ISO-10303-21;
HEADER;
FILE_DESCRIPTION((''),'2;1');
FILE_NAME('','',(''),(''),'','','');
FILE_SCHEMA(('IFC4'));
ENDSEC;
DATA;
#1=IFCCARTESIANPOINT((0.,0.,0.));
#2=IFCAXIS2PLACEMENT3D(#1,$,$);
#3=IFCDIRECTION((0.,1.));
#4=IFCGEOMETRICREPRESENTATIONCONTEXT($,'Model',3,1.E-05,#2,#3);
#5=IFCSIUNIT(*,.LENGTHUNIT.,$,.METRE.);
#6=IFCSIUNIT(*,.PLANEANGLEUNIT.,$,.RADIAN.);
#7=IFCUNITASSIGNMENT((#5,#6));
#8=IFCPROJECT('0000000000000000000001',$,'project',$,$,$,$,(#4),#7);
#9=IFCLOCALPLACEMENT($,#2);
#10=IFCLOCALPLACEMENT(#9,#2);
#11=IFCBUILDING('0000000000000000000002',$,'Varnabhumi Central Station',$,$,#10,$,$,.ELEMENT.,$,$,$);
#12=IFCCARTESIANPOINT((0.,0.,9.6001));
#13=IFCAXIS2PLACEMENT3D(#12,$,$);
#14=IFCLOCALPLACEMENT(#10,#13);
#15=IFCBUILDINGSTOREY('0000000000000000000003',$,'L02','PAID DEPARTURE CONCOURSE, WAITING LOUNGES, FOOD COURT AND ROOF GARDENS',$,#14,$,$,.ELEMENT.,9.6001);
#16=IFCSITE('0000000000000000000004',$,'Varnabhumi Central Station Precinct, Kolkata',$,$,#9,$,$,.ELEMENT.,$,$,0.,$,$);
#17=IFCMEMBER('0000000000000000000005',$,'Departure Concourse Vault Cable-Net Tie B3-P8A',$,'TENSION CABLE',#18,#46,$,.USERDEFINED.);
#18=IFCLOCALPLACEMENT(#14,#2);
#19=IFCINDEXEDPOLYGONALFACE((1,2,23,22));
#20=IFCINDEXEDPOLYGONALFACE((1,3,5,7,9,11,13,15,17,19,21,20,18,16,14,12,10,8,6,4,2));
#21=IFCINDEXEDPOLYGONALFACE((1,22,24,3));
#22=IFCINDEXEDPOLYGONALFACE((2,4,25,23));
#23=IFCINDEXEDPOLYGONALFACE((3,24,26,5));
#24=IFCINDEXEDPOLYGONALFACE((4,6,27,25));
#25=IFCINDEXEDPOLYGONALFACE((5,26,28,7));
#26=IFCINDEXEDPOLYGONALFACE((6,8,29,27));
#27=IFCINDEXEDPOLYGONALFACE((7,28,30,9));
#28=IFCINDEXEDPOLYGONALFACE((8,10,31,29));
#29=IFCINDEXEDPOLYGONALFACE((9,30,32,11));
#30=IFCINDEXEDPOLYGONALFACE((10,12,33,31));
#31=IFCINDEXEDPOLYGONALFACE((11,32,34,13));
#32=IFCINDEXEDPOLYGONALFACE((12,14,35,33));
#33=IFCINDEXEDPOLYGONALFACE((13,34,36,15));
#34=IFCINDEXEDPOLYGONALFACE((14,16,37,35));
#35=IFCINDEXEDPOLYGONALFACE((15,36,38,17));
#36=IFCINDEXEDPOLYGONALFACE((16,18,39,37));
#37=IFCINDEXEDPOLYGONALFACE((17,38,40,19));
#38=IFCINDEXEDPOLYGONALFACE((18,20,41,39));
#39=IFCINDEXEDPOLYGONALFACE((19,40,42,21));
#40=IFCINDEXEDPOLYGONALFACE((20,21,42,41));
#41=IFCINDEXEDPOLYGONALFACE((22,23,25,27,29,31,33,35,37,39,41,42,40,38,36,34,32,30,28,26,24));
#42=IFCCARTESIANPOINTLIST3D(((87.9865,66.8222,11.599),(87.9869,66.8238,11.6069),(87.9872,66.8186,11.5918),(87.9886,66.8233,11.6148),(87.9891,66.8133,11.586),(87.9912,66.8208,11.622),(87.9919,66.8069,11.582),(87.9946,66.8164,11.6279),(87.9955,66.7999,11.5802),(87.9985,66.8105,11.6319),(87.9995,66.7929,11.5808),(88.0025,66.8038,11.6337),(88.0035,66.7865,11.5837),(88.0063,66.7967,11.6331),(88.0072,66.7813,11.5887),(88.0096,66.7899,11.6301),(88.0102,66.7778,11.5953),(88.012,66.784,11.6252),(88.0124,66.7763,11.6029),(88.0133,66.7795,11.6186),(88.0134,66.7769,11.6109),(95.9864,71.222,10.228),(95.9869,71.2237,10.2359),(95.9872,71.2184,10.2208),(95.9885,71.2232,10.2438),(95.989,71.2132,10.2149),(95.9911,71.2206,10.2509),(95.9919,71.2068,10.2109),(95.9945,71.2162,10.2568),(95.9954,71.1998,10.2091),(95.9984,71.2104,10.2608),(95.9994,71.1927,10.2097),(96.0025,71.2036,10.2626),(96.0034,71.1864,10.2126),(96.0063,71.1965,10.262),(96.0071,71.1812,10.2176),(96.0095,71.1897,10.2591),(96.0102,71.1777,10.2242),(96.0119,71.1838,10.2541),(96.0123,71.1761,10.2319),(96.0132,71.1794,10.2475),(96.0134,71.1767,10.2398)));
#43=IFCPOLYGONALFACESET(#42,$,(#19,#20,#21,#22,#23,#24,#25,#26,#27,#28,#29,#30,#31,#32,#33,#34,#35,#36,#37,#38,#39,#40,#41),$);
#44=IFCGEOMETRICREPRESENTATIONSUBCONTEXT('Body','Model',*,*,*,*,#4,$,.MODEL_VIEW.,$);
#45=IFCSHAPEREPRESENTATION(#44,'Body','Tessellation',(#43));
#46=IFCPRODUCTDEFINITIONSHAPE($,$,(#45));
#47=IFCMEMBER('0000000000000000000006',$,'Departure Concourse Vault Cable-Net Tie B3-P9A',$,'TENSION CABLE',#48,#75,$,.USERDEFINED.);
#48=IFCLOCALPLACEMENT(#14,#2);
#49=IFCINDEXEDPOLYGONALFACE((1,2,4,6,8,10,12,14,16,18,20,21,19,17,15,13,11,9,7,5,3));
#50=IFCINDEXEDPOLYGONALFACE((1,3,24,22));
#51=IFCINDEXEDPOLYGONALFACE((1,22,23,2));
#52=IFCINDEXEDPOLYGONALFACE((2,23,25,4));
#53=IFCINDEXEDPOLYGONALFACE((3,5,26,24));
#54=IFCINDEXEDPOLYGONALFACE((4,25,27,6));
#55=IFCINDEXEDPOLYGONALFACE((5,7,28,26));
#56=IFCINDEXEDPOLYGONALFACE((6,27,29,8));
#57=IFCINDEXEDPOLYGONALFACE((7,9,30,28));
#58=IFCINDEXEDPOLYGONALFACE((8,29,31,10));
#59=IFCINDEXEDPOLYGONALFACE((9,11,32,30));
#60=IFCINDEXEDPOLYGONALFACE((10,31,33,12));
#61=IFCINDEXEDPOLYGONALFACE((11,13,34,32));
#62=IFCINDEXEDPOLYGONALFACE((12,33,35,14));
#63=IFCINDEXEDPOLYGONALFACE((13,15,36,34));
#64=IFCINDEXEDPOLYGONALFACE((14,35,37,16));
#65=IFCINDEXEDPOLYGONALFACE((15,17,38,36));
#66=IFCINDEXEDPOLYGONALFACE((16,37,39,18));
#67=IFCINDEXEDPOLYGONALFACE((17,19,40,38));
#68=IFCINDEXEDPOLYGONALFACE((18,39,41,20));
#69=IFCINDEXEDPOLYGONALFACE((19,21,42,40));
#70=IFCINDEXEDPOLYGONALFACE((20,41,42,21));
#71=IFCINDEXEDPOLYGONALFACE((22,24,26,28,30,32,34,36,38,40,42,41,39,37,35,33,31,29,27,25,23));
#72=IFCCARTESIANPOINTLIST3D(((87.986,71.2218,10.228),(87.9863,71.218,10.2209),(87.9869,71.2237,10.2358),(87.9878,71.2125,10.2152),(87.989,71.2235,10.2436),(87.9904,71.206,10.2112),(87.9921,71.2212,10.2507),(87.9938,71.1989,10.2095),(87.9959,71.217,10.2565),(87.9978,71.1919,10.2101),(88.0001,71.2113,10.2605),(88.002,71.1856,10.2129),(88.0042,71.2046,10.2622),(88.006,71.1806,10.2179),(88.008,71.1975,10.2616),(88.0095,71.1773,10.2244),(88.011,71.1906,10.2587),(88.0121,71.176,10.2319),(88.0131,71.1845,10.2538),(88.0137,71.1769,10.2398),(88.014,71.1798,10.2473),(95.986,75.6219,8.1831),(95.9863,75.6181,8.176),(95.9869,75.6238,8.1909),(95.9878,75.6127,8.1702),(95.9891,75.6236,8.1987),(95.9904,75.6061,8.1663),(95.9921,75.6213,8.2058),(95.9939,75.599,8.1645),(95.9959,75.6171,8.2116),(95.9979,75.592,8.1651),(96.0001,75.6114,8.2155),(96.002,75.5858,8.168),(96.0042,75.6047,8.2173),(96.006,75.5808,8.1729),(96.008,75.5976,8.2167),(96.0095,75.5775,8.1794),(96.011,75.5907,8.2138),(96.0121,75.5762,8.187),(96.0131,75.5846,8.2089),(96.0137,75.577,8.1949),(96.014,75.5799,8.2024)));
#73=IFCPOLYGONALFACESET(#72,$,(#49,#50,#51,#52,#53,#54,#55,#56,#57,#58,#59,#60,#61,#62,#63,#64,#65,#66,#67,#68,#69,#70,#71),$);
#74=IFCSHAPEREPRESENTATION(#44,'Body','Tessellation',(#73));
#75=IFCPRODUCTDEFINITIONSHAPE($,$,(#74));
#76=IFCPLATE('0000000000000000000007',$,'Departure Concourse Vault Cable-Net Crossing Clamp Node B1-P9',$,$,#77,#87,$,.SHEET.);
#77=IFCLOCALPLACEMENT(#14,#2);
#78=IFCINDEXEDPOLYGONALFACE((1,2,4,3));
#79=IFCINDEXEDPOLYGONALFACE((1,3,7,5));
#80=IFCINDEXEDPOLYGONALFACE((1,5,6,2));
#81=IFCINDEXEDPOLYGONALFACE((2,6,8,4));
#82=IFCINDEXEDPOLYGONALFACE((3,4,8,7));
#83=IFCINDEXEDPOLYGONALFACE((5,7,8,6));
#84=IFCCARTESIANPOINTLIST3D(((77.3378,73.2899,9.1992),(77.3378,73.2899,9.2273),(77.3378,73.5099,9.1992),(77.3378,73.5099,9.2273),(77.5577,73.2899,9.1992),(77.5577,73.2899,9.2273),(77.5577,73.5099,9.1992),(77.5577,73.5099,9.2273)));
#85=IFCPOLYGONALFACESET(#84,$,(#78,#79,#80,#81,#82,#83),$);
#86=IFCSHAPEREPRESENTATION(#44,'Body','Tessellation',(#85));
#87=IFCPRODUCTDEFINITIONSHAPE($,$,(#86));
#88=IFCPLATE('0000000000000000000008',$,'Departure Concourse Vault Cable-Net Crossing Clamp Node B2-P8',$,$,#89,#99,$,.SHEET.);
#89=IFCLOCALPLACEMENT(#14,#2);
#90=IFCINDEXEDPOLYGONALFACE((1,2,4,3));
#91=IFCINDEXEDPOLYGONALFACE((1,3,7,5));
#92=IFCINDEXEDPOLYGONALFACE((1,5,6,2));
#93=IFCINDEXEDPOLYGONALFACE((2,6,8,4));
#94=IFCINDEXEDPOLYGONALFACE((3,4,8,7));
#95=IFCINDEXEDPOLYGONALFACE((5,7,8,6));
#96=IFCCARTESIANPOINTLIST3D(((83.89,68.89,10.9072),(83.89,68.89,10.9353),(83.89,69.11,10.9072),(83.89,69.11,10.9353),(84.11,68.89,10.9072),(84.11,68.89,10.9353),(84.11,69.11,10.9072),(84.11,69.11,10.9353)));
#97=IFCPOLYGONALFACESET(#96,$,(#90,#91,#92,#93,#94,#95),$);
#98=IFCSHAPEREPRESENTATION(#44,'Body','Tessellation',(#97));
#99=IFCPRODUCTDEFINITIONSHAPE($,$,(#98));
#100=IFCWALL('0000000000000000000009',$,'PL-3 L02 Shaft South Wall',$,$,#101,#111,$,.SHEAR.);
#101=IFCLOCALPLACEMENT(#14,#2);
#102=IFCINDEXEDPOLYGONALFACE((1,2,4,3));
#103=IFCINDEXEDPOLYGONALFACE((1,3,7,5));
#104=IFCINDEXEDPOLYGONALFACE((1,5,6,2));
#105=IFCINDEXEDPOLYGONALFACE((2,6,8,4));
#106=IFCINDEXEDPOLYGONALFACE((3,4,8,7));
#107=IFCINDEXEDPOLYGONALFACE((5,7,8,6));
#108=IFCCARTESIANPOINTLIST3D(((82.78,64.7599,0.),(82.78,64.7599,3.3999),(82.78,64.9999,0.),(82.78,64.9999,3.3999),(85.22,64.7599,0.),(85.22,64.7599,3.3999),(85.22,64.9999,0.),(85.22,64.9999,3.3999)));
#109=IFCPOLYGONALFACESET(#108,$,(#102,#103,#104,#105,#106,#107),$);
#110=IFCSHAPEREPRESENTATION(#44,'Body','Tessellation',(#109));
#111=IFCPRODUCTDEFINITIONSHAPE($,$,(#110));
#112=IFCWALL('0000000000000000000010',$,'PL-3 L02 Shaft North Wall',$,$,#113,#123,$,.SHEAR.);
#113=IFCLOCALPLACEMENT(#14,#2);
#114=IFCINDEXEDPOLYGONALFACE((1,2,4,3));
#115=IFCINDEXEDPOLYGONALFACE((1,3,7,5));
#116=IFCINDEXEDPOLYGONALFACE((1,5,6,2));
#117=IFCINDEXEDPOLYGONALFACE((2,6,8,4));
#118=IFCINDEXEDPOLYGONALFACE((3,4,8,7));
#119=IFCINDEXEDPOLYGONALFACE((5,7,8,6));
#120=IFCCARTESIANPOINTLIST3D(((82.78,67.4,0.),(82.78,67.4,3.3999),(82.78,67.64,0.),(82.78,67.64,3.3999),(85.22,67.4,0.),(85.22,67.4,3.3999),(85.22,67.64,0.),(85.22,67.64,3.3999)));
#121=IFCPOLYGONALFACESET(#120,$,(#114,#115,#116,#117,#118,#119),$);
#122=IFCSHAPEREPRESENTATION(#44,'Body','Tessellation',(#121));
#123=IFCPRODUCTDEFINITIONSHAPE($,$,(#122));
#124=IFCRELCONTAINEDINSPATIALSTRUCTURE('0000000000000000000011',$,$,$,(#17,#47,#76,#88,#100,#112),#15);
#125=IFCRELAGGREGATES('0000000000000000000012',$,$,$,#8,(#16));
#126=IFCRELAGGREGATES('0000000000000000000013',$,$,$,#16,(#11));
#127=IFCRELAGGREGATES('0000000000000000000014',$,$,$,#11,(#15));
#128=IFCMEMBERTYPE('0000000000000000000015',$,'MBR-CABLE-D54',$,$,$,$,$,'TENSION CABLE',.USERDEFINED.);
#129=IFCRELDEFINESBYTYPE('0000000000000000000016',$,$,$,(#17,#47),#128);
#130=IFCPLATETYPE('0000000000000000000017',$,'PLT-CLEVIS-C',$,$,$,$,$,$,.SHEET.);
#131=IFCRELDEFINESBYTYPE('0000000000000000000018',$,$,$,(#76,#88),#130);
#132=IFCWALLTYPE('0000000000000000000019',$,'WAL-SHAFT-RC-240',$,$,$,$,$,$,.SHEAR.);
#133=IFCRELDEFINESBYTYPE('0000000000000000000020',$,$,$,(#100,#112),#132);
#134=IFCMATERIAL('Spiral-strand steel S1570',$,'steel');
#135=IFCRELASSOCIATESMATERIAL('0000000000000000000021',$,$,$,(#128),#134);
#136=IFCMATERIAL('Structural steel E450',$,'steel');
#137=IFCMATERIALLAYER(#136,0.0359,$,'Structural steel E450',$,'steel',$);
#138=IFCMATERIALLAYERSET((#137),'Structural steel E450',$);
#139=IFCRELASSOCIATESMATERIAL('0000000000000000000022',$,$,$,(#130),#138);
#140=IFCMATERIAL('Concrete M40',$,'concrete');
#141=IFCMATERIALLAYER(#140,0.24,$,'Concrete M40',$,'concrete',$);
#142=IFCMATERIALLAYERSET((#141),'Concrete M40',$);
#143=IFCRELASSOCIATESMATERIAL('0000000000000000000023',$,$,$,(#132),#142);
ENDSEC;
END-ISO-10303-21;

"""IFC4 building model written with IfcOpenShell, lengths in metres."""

from ifc_helpers import new_model, si_unit, direction, frame, frame_2d, origin, origin_2d, place, context, subcontext, project, spatial, rectangle, circle, extrude, material, layer, layer_set, material_profile, profile_set, type_object, element, save


model = new_model("IFC4")

# Units and contexts
model_context = context("Model", 3, precision=1e-05, world=origin(), true_north=direction((0.0, 1.0)))
body_context = subcontext(model_context, "Body", "Model", "MODEL_VIEW")
ifc_project = project(units=[si_unit("LENGTHUNIT", "METRE"), si_unit("PLANEANGLEUNIT", "RADIAN")], contexts=[model_context])

# Site, building, storey
site_placement = place(None, origin())
site = spatial("IfcSite", under=ifc_project, at=site_placement, Name="Varnabhumi Central Station Precinct, Kolkata", CompositionType="ELEMENT", RefElevation=0.0)
building_placement = place(site_placement, origin())
building = spatial("IfcBuilding", under=site, at=building_placement, Name="Varnabhumi Central Station", CompositionType="ELEMENT")
storey_placement = place(building_placement, frame((0.0, 0.0, 9.6001)))
storey = spatial("IfcBuildingStorey", under=building, at=storey_placement, Name="L02", Description="PAID DEPARTURE CONCOURSE, WAITING LOUNGES, FOOD COURT AND ROOF GARDENS", CompositionType="ELEMENT", Elevation=9.6001)

# Shared definitions
ifc_material_1 = material(Name="Structural steel E450", Category="steel")

# Members
ifc_material_2 = material(Name="Spiral-strand steel S1570", Category="steel")
ifc_material_profile_1 = material_profile(ifc_material_2, circle(Radius=0.0271, at=origin_2d()), Name="Spiral-strand steel S1570", Category="steel")
ifc_profile_set_1 = profile_set([ifc_material_profile_1], Name="Spiral-strand steel S1570")
member_type = type_object("IfcMemberType", Name="MBR-CABLE-D54", ElementType="TENSION CABLE", PredefinedType="USERDEFINED", material=ifc_profile_set_1)
member_1_placement = place(storey_placement, frame((88.0, 66.8, 11.6069), z_axis=(0.866504, 0.476567, -0.148507), x_axis=(-0.481911, 0.87622, 0.0)))
element("IfcMember", 1, at=member_1_placement, inside=storey, type_object=member_type, Name="Departure Concourse Vault Cable-Net Tie B3-P8A", ObjectType="TENSION CABLE", PredefinedType="USERDEFINED", context=body_context, shape_type="SweptSolid", body=[
    extrude(circle(Radius=0.0271, at=origin_2d()), origin(), (0.0, 0.0, 1.0), 9.2324),
])
member_2_placement = place(storey_placement, frame((88.0, 71.2, 10.2358), z_axis=(0.855026, 0.47028, -0.218558), x_axis=(-0.481931, 0.876209, 0.0)))
element("IfcMember", 2, at=member_2_placement, inside=storey, type_object=member_type, Name="Departure Concourse Vault Cable-Net Tie B3-P9A", ObjectType="TENSION CABLE", PredefinedType="USERDEFINED", context=body_context, shape_type="SweptSolid", body=[
    extrude(circle(Radius=0.0271, at=origin_2d()), origin(), (0.0, 0.0, 1.0), 9.3564),
])

# Plates
ifc_layer_1 = layer(ifc_material_1, 0.0359, Name="Structural steel E450", Category="steel")
ifc_layer_set_1 = layer_set([ifc_layer_1], Name="Structural steel E450")
plate_type = type_object("IfcPlateType", Name="PLT-CLEVIS-C", PredefinedType="SHEET", material=ifc_layer_set_1)
for number, where, z_axis, x_axis, name in (
    (3, (77.4478, 73.3999, 9.1992), (0.0, 0.0, 1.0), (1.0, 0.0, 0.0), "Departure Concourse Vault Cable-Net Crossing Clamp Node B1-P9"),
    (4, (84.0, 69.0, 10.9072), (0.0, 0.0, 1.0), (1.0, 0.0, 0.0), "Departure Concourse Vault Cable-Net Crossing Clamp Node B2-P8"),
):
    element("IfcPlate", number, at=place(storey_placement, frame(where, z_axis=z_axis, x_axis=x_axis)), inside=storey, type_object=plate_type, Name=name, PredefinedType="SHEET", context=body_context, shape_type="SweptSolid", body=[
        extrude(rectangle(XDim=0.22, YDim=0.22, at=origin_2d()), origin(), (0.0, 0.0, 1.0), 0.0281),
    ])

# Walls
ifc_material_3 = material(Name="Concrete M40", Category="concrete")
ifc_layer_2 = layer(ifc_material_3, 0.24, Name="Concrete M40", Category="concrete")
ifc_layer_set_2 = layer_set([ifc_layer_2], Name="Concrete M40")
wall_type = type_object("IfcWallType", Name="WAL-SHAFT-RC-240", PredefinedType="SHEAR", material=ifc_layer_set_2)
for number, where, z_axis, x_axis, name in (
    (5, (82.78, 64.8799, 0.0), (0.0, 0.0, 1.0), (1.0, 0.0, 0.0), "PL-3 L02 Shaft South Wall"),
    (6, (82.78, 67.52, 0.0), (0.0, 0.0, 1.0), (1.0, 0.0, 0.0), "PL-3 L02 Shaft North Wall"),
):
    element("IfcWall", number, at=place(storey_placement, frame(where, z_axis=z_axis, x_axis=x_axis)), inside=storey, type_object=wall_type, Name=name, PredefinedType="SHEAR", context=body_context, shape_type="SweptSolid", body=[
        extrude(rectangle(XDim=2.4399, YDim=0.24, at=frame_2d((1.22, 0.0))), origin(), (0.0, 0.0, 1.0), 3.3999),
    ])

save(model, "model.ifc")
